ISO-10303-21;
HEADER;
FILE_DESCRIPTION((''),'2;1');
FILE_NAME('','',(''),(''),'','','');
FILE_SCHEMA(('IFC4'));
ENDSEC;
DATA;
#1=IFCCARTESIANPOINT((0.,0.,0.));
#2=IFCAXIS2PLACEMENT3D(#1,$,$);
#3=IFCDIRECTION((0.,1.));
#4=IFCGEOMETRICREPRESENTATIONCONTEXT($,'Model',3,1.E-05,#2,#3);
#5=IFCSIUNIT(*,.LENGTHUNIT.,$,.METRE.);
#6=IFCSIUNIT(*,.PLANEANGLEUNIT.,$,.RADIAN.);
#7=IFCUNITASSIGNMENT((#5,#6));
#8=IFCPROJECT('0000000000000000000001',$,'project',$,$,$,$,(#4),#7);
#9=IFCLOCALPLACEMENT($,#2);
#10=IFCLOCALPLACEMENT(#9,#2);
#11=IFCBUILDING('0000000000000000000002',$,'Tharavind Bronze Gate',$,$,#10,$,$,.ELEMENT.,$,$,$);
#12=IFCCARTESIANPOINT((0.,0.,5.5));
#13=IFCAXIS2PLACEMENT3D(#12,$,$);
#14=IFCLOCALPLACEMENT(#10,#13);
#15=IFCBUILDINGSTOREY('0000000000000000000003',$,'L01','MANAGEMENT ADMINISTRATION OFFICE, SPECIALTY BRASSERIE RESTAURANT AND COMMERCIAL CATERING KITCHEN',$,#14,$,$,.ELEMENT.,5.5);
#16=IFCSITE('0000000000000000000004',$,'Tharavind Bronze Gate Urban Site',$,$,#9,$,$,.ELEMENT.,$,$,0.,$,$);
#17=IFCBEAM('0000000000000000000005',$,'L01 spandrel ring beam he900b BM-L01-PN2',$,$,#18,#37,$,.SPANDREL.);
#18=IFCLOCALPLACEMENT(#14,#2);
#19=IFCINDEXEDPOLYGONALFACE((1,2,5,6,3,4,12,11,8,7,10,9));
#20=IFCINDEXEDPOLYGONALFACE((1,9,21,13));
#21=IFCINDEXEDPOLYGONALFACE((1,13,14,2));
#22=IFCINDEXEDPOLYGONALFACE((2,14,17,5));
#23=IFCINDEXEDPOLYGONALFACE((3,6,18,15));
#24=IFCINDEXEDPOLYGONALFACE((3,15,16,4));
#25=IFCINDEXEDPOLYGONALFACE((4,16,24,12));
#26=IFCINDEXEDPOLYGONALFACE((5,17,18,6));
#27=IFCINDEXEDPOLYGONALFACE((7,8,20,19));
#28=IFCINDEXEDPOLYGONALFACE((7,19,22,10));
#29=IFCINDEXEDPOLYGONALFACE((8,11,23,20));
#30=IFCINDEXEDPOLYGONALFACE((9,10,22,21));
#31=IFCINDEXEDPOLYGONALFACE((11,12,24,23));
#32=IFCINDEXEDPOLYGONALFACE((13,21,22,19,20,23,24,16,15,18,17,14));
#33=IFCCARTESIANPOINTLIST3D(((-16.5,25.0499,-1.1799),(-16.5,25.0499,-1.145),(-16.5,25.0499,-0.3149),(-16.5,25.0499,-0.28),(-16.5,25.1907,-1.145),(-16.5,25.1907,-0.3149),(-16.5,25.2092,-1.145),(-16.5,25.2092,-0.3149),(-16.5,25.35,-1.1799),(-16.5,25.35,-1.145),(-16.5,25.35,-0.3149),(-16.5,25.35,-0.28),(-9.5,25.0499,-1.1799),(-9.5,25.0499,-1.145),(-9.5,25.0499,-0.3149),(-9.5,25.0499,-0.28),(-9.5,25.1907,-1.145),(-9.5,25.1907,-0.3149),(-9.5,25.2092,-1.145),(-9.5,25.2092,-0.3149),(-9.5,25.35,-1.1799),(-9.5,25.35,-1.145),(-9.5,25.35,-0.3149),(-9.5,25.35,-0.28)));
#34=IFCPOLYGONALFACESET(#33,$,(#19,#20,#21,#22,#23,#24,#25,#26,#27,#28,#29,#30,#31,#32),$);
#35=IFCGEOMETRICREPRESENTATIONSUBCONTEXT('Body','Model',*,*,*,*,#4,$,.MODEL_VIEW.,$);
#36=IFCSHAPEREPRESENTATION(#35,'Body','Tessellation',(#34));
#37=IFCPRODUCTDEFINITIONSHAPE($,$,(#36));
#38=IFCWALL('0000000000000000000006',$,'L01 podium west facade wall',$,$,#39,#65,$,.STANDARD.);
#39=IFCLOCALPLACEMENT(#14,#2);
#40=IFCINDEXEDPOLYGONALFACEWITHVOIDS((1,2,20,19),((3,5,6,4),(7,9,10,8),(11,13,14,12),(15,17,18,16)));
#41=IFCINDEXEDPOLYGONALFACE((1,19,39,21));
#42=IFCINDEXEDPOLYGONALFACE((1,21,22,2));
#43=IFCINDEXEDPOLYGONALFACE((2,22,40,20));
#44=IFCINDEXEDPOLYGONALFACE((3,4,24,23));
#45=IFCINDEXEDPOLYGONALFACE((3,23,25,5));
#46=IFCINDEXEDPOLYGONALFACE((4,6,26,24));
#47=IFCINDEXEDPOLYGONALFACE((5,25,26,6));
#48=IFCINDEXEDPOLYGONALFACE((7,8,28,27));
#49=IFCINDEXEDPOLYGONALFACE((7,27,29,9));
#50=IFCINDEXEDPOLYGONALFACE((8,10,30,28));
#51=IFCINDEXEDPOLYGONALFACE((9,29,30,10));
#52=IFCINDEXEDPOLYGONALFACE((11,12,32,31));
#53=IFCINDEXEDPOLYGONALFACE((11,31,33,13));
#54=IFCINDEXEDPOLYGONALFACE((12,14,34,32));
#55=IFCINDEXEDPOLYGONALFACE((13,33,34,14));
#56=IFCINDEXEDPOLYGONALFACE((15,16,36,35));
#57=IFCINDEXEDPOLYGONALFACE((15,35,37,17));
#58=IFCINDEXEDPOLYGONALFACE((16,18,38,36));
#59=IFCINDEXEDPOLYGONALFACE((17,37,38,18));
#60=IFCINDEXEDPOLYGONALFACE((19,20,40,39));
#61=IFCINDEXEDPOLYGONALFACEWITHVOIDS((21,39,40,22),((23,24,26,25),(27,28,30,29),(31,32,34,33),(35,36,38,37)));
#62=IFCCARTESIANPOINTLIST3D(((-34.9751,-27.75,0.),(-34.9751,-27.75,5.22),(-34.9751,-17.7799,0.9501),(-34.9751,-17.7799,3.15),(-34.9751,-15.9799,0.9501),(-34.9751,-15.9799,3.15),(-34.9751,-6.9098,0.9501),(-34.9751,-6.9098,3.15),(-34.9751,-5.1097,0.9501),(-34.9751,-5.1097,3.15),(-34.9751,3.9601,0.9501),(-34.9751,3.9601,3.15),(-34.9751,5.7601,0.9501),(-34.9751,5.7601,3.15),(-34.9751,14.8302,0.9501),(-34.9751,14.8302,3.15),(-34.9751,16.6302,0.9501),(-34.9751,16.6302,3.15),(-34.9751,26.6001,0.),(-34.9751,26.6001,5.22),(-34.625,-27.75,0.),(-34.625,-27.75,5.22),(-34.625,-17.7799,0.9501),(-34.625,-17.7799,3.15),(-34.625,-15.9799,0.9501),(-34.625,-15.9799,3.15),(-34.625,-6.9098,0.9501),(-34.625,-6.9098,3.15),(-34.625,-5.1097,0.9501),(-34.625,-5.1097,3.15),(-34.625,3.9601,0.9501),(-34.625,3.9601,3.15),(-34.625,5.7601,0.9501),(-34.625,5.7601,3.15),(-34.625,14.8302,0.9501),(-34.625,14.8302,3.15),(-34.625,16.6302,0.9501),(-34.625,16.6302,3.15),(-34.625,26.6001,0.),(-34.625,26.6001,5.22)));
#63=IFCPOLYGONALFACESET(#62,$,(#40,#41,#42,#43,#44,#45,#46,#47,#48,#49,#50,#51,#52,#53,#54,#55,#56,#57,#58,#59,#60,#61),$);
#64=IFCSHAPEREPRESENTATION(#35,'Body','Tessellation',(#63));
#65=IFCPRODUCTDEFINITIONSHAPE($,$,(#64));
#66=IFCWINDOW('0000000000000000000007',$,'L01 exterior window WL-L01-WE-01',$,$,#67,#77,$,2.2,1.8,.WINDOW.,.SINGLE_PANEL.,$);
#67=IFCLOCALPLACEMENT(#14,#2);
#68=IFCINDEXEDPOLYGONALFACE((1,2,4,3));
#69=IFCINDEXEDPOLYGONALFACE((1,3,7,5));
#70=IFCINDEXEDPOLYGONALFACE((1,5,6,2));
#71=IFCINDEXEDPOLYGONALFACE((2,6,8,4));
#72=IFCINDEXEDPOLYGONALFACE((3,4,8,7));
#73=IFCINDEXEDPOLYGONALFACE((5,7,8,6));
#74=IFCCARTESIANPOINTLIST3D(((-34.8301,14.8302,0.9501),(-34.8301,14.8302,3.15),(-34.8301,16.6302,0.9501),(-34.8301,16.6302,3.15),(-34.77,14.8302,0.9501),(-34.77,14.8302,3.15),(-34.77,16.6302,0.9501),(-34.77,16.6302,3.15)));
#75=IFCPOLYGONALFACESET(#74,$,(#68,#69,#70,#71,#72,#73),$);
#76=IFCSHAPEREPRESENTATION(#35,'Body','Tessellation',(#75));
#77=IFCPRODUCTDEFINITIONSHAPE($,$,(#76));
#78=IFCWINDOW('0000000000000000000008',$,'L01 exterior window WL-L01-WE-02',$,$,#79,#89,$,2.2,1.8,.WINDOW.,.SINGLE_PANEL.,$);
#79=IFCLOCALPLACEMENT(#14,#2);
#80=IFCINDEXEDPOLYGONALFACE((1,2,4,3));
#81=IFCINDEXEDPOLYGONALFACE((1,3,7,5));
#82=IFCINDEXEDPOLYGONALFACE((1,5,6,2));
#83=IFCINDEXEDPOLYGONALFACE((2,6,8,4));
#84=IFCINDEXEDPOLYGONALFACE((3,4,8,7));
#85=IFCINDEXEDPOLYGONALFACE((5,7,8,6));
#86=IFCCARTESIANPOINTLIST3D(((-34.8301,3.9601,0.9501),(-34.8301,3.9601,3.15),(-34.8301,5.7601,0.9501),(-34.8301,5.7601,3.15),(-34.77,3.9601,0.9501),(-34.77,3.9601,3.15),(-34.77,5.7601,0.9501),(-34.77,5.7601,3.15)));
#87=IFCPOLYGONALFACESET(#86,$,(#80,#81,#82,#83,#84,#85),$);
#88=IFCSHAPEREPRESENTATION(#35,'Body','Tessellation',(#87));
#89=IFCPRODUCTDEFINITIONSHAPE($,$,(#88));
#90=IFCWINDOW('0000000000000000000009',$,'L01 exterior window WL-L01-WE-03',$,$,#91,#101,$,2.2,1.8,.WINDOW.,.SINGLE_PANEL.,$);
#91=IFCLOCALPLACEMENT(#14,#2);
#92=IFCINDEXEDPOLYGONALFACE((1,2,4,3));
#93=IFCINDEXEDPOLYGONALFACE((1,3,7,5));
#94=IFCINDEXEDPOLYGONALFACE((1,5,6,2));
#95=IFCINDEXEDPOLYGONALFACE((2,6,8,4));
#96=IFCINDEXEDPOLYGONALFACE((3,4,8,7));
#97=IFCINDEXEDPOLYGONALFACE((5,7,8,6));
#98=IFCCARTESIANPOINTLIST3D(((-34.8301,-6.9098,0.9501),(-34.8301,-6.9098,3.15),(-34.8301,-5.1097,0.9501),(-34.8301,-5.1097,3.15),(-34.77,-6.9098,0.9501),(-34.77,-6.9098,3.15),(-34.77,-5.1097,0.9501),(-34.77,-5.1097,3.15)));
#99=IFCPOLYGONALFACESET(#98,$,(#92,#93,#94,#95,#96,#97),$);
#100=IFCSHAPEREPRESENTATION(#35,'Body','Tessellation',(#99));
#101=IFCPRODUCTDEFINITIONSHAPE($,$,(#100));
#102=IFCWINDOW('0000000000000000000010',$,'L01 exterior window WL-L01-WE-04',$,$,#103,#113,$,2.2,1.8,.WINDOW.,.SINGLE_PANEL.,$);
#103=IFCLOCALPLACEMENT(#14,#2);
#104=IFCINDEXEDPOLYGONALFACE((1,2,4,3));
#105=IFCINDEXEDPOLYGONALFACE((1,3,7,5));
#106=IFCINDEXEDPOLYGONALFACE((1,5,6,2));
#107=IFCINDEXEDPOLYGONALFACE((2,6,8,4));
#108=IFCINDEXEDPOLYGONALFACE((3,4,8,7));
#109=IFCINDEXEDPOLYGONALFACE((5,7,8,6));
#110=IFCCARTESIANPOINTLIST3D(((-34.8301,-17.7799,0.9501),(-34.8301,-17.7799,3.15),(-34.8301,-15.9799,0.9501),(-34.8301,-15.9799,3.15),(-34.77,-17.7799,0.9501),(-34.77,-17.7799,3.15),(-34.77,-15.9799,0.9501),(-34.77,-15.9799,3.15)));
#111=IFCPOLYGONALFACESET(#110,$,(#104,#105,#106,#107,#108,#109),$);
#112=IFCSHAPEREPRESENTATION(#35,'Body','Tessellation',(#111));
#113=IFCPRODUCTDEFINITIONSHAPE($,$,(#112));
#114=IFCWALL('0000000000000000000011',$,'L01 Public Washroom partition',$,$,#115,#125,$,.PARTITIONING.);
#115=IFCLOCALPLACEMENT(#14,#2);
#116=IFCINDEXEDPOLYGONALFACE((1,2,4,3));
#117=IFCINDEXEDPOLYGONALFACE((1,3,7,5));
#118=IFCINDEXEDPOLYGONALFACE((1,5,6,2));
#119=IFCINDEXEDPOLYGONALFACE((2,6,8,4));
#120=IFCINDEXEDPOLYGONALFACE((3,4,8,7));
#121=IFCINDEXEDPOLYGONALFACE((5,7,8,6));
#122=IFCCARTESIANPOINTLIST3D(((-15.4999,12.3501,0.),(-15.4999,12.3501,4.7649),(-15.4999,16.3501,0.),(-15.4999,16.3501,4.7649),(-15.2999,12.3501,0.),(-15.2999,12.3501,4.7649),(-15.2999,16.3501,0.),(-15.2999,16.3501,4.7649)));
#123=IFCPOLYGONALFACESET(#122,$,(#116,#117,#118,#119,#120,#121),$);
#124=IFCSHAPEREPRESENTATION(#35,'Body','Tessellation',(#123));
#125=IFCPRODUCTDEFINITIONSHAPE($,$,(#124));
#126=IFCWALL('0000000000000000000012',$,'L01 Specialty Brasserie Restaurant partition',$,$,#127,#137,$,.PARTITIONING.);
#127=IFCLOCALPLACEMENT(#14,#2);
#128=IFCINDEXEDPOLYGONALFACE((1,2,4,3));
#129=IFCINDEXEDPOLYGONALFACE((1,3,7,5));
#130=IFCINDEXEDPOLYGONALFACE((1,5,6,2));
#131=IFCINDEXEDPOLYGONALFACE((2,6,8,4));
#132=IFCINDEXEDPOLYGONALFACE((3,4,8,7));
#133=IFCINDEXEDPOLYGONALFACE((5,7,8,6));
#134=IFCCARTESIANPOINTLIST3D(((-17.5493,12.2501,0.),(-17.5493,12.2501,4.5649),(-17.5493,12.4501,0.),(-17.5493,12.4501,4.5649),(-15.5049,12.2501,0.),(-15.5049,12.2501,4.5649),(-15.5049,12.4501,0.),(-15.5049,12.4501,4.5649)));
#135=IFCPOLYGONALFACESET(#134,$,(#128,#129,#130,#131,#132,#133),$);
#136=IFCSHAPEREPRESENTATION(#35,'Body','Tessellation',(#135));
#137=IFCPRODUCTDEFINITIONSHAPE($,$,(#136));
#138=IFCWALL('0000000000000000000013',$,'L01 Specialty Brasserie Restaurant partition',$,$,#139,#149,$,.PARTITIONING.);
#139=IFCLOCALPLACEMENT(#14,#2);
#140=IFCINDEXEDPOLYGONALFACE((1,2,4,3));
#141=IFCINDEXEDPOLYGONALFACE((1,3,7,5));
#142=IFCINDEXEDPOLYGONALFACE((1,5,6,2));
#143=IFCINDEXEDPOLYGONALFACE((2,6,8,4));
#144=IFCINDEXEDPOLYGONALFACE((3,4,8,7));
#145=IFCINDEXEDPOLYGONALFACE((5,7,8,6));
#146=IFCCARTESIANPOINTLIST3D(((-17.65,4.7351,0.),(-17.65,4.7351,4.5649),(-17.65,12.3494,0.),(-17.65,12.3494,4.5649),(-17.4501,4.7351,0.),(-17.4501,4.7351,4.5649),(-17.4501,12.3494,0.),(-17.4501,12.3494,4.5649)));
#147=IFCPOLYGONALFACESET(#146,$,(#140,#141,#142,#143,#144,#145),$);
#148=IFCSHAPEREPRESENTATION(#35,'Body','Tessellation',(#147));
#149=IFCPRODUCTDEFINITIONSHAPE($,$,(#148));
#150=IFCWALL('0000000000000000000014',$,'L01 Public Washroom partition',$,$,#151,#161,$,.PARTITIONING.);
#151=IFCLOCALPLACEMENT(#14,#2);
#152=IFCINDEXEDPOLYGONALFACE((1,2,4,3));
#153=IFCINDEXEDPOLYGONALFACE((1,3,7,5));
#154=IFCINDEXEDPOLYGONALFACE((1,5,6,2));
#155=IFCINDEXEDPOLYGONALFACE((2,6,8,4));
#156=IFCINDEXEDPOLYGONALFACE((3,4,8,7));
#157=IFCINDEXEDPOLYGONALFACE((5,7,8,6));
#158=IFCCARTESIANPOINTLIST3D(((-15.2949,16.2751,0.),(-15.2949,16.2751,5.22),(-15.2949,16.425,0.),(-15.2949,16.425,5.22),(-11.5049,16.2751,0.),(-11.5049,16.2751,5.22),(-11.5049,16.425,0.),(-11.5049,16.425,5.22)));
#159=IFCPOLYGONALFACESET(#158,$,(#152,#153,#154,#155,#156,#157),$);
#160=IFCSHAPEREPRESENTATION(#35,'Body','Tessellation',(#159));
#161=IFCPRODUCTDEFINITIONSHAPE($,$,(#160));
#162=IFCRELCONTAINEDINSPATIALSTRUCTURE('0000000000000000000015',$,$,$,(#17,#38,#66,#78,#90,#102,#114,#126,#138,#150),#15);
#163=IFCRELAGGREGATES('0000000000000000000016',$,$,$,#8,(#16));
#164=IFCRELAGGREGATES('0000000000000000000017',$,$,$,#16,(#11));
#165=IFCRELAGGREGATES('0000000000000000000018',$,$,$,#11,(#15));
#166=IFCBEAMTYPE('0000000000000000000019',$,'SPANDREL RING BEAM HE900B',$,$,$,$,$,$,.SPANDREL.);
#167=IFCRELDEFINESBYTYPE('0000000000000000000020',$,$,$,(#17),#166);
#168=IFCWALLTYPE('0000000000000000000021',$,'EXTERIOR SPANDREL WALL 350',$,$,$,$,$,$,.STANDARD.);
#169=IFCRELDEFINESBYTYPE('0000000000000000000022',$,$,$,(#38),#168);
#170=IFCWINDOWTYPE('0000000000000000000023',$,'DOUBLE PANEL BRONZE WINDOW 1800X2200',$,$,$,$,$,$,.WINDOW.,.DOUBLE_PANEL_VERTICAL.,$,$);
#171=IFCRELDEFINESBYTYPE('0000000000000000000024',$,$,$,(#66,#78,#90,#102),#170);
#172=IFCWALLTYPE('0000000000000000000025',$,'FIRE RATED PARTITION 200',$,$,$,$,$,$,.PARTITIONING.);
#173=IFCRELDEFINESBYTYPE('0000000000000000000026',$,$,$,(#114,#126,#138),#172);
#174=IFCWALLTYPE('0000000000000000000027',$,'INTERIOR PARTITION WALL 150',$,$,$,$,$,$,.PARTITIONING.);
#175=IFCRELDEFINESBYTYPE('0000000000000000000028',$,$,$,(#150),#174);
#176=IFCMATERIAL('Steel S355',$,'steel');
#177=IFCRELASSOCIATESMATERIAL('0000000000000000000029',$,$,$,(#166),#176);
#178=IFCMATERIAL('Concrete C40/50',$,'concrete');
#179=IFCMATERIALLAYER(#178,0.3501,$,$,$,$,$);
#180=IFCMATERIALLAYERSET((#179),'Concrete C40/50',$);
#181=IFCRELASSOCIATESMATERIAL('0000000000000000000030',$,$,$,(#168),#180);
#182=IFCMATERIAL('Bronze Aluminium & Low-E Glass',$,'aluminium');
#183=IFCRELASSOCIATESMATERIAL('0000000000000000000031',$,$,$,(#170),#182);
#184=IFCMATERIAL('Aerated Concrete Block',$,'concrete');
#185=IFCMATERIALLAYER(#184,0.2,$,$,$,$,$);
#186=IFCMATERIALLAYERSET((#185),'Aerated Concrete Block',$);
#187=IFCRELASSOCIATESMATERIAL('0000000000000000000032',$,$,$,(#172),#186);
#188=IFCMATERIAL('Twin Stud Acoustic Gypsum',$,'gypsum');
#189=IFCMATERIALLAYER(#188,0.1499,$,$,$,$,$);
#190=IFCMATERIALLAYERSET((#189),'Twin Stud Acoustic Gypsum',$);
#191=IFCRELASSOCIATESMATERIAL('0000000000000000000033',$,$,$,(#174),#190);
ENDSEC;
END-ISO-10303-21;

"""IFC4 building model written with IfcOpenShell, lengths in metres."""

from ifc_helpers import new_model, si_unit, direction, frame, frame_2d, origin, origin_2d, place, context, subcontext, project, spatial, rectangle, i_section, extrude, material, layer, layer_set, material_profile, profile_set, type_object, element, fill, save


model = new_model("IFC4")

# Units and contexts
model_context = context("Model", 3, precision=1e-05, world=origin(), true_north=direction((0.0, 1.0)))
body_context = subcontext(model_context, "Body", "Model", "MODEL_VIEW")
ifc_project = project(units=[si_unit("LENGTHUNIT", "METRE"), si_unit("PLANEANGLEUNIT", "RADIAN")], contexts=[model_context])

# Site, building, storey
site_placement = place(None, origin())
site = spatial("IfcSite", under=ifc_project, at=site_placement, Name="Tharavind Bronze Gate Urban Site", CompositionType="ELEMENT", RefElevation=0.0)
building_placement = place(site_placement, origin())
building = spatial("IfcBuilding", under=site, at=building_placement, Name="Tharavind Bronze Gate", CompositionType="ELEMENT")
storey_placement = place(building_placement, frame((0.0, 0.0, 5.5)))
storey = spatial("IfcBuildingStorey", under=building, at=storey_placement, Name="L01", Description="MANAGEMENT ADMINISTRATION OFFICE, SPECIALTY BRASSERIE RESTAURANT AND COMMERCIAL CATERING KITCHEN", CompositionType="ELEMENT", Elevation=5.5)

# Shared definitions
ifc_material_1 = material(Name="Steel S355", Category="steel")

# Beam
ifc_material_profile_1 = material_profile(ifc_material_1, i_section(OverallWidth=0.3, OverallDepth=0.8999, WebThickness=0.0186, FlangeThickness=0.0349, at=origin_2d()), Name="HE900B")
ifc_profile_set_1 = profile_set([ifc_material_profile_1], Name="Steel S355")
beam_type_1 = type_object("IfcBeamType", Name="SPANDREL RING BEAM HE900B", PredefinedType="SPANDREL", material=ifc_profile_set_1)
beam_1_placement = place(storey_placement, frame((-16.5, 25.2, -0.73), z_axis=(1.0, 0.0, 0.0), x_axis=(0.0, 1.0, 0.0)))
element("IfcBeam", 1, at=beam_1_placement, inside=storey, type_object=beam_type_1, Name="L01 spandrel ring beam he900b BM-L01-PN2", PredefinedType="SPANDREL", context=body_context, shape_type="SweptSolid", body=[
    extrude(i_section(OverallWidth=0.3, OverallDepth=0.8999, WebThickness=0.0186, FlangeThickness=0.0349, at=origin_2d()), origin(), (0.0, 0.0, 1.0), 7.0),
])

# Wall, openings, windows
ifc_material_2 = material(Name="Concrete C40/50", Category="concrete")
ifc_layer_1 = layer(ifc_material_2, 0.3501)
ifc_layer_set_1 = layer_set([ifc_layer_1], Name="Concrete C40/50")
wall_type_1 = type_object("IfcWallType", Name="EXTERIOR SPANDREL WALL 350", PredefinedType="STANDARD", material=ifc_layer_set_1)
wall_1_placement = place(storey_placement, frame((-34.8, 26.6001, 0.0), z_axis=(0.0, 0.0, 1.0), x_axis=(0.0, -1.0, 0.0)))
wall_1 = element("IfcWall", 2, at=wall_1_placement, inside=storey, type_object=wall_type_1, Name="L01 podium west facade wall", PredefinedType="STANDARD", context=body_context, shape_type="SweptSolid", body=[
    extrude(rectangle(XDim=54.3501, YDim=0.3501, at=frame_2d((27.175, 0.0))), origin(), (0.0, 0.0, 1.0), 5.22),
])
opening_1_placement = place(wall_1_placement, frame((9.97, 0.0, 0.95)))
opening_1 = element("IfcOpeningElement", 3, at=opening_1_placement, cuts=wall_1, PredefinedType="OPENING", context=body_context, shape_type="SweptSolid", body=[
    extrude(rectangle(XDim=1.8, YDim=2.2, at=frame_2d((0.8999, 1.1001))), frame((0.0, 0.185, 0.0), z_axis=(0.0, -1.0, 0.0), x_axis=(1.0, 0.0, 0.0)), (0.0, 0.0, 1.0), 0.3701),
])
opening_2_placement = place(wall_1_placement, frame((20.8401, 0.0, 0.95)))
opening_2 = element("IfcOpeningElement", 4, at=opening_2_placement, cuts=wall_1, PredefinedType="OPENING", context=body_context, shape_type="SweptSolid", body=[
    extrude(rectangle(XDim=1.8, YDim=2.2, at=frame_2d((0.8999, 1.1001))), frame((0.0, 0.185, 0.0), z_axis=(0.0, -1.0, 0.0), x_axis=(1.0, 0.0, 0.0)), (0.0, 0.0, 1.0), 0.3701),
])
opening_3_placement = place(wall_1_placement, frame((31.71, 0.0, 0.95)))
opening_3 = element("IfcOpeningElement", 5, at=opening_3_placement, cuts=wall_1, PredefinedType="OPENING", context=body_context, shape_type="SweptSolid", body=[
    extrude(rectangle(XDim=1.8, YDim=2.2, at=frame_2d((0.8999, 1.1001))), frame((0.0, 0.185, 0.0), z_axis=(0.0, -1.0, 0.0), x_axis=(1.0, 0.0, 0.0)), (0.0, 0.0, 1.0), 0.3701),
])
opening_4_placement = place(wall_1_placement, frame((42.5801, 0.0, 0.95)))
opening_4 = element("IfcOpeningElement", 6, at=opening_4_placement, cuts=wall_1, PredefinedType="OPENING", context=body_context, shape_type="SweptSolid", body=[
    extrude(rectangle(XDim=1.8, YDim=2.2, at=frame_2d((0.8999, 1.1001))), frame((0.0, 0.185, 0.0), z_axis=(0.0, -1.0, 0.0), x_axis=(1.0, 0.0, 0.0)), (0.0, 0.0, 1.0), 0.3701),
])
ifc_material_3 = material(Name="Bronze Aluminium & Low-E Glass", Category="aluminium")
window_type = type_object("IfcWindowType", Name="DOUBLE PANEL BRONZE WINDOW 1800X2200", PartitioningType="DOUBLE_PANEL_VERTICAL", PredefinedType="WINDOW", material=ifc_material_3)
window_1_placement = place(opening_1_placement, origin())
window_1 = element("IfcWindow", 7, at=window_1_placement, inside=storey, type_object=window_type, Name="L01 exterior window WL-L01-WE-01", OverallHeight=2.2, OverallWidth=1.8, PartitioningType="SINGLE_PANEL", PredefinedType="WINDOW", context=body_context, shape_type="SweptSolid", body=[
    extrude(rectangle(XDim=1.8, YDim=2.2, at=frame_2d((0.8999, 1.1001))), frame((0.0, 0.03, 0.0), z_axis=(0.0, -1.0, 0.0), x_axis=(1.0, 0.0, 0.0)), (0.0, 0.0, 1.0), 0.0601),
])
fill(opening_1, window_1)
window_2_placement = place(opening_2_placement, origin())
window_2 = element("IfcWindow", 8, at=window_2_placement, inside=storey, type_object=window_type, Name="L01 exterior window WL-L01-WE-02", OverallHeight=2.2, OverallWidth=1.8, PartitioningType="SINGLE_PANEL", PredefinedType="WINDOW", context=body_context, shape_type="SweptSolid", body=[
    extrude(rectangle(XDim=1.8, YDim=2.2, at=frame_2d((0.8999, 1.1001))), frame((0.0, 0.03, 0.0), z_axis=(0.0, -1.0, 0.0), x_axis=(1.0, 0.0, 0.0)), (0.0, 0.0, 1.0), 0.0601),
])
fill(opening_2, window_2)
window_3_placement = place(opening_3_placement, origin())
window_3 = element("IfcWindow", 9, at=window_3_placement, inside=storey, type_object=window_type, Name="L01 exterior window WL-L01-WE-03", OverallHeight=2.2, OverallWidth=1.8, PartitioningType="SINGLE_PANEL", PredefinedType="WINDOW", context=body_context, shape_type="SweptSolid", body=[
    extrude(rectangle(XDim=1.8, YDim=2.2, at=frame_2d((0.8999, 1.1001))), frame((0.0, 0.03, 0.0), z_axis=(0.0, -1.0, 0.0), x_axis=(1.0, 0.0, 0.0)), (0.0, 0.0, 1.0), 0.0601),
])
fill(opening_3, window_3)
window_4_placement = place(opening_4_placement, origin())
window_4 = element("IfcWindow", 10, at=window_4_placement, inside=storey, type_object=window_type, Name="L01 exterior window WL-L01-WE-04", OverallHeight=2.2, OverallWidth=1.8, PartitioningType="SINGLE_PANEL", PredefinedType="WINDOW", context=body_context, shape_type="SweptSolid", body=[
    extrude(rectangle(XDim=1.8, YDim=2.2, at=frame_2d((0.8999, 1.1001))), frame((0.0, 0.03, 0.0), z_axis=(0.0, -1.0, 0.0), x_axis=(1.0, 0.0, 0.0)), (0.0, 0.0, 1.0), 0.0601),
])
fill(opening_4, window_4)

# Walls
ifc_material_4 = material(Name="Aerated Concrete Block", Category="concrete")
ifc_layer_2 = layer(ifc_material_4, 0.2)
ifc_layer_set_2 = layer_set([ifc_layer_2], Name="Aerated Concrete Block")
wall_type_2 = type_object("IfcWallType", Name="FIRE RATED PARTITION 200", PredefinedType="PARTITIONING", material=ifc_layer_set_2)
wall_2_placement = place(storey_placement, frame((-15.3999, 12.3501, 0.0), z_axis=(0.0, 0.0, 1.0), x_axis=(0.0, 1.0, 0.0)))
element("IfcWall", 11, at=wall_2_placement, inside=storey, type_object=wall_type_2, Name="L01 Public Washroom partition", PredefinedType="PARTITIONING", context=body_context, shape_type="SweptSolid", body=[
    extrude(rectangle(XDim=4.0, YDim=0.2, at=frame_2d((2.0, 0.0))), origin(), (0.0, 0.0, 1.0), 4.7649),
])
wall_3_placement = place(storey_placement, frame((-15.5049, 12.3501, 0.0), z_axis=(0.0, 0.0, 1.0), x_axis=(-1.0, 0.0, 0.0)))
element("IfcWall", 12, at=wall_3_placement, inside=storey, type_object=wall_type_2, Name="L01 Specialty Brasserie Restaurant partition", PredefinedType="PARTITIONING", context=body_context, shape_type="SweptSolid", body=[
    extrude(rectangle(XDim=2.0444, YDim=0.2, at=frame_2d((1.0222, 0.0))), origin(), (0.0, 0.0, 1.0), 4.5649),
])
wall_4_placement = place(storey_placement, frame((-17.55, 12.3494, 0.0), z_axis=(0.0, 0.0, 1.0), x_axis=(0.0, -1.0, 0.0)))
element("IfcWall", 13, at=wall_4_placement, inside=storey, type_object=wall_type_2, Name="L01 Specialty Brasserie Restaurant partition", PredefinedType="PARTITIONING", context=body_context, shape_type="SweptSolid", body=[
    extrude(rectangle(XDim=7.6143, YDim=0.2, at=frame_2d((3.8071, 0.0))), origin(), (0.0, 0.0, 1.0), 4.5649),
])
ifc_material_5 = material(Name="Twin Stud Acoustic Gypsum", Category="gypsum")
ifc_layer_3 = layer(ifc_material_5, 0.1499)
ifc_layer_set_3 = layer_set([ifc_layer_3], Name="Twin Stud Acoustic Gypsum")
wall_type_3 = type_object("IfcWallType", Name="INTERIOR PARTITION WALL 150", PredefinedType="PARTITIONING", material=ifc_layer_set_3)
wall_5_placement = place(storey_placement, frame((-15.2949, 16.3501, 0.0), z_axis=(0.0, 0.0, 1.0), x_axis=(1.0, 0.0, 0.0)))
element("IfcWall", 14, at=wall_5_placement, inside=storey, type_object=wall_type_3, Name="L01 Public Washroom partition", PredefinedType="PARTITIONING", context=body_context, shape_type="SweptSolid", body=[
    extrude(rectangle(XDim=3.79, YDim=0.1499, at=frame_2d((1.895, 0.0))), origin(), (0.0, 0.0, 1.0), 5.22),
])

save(model, "model.ifc")
